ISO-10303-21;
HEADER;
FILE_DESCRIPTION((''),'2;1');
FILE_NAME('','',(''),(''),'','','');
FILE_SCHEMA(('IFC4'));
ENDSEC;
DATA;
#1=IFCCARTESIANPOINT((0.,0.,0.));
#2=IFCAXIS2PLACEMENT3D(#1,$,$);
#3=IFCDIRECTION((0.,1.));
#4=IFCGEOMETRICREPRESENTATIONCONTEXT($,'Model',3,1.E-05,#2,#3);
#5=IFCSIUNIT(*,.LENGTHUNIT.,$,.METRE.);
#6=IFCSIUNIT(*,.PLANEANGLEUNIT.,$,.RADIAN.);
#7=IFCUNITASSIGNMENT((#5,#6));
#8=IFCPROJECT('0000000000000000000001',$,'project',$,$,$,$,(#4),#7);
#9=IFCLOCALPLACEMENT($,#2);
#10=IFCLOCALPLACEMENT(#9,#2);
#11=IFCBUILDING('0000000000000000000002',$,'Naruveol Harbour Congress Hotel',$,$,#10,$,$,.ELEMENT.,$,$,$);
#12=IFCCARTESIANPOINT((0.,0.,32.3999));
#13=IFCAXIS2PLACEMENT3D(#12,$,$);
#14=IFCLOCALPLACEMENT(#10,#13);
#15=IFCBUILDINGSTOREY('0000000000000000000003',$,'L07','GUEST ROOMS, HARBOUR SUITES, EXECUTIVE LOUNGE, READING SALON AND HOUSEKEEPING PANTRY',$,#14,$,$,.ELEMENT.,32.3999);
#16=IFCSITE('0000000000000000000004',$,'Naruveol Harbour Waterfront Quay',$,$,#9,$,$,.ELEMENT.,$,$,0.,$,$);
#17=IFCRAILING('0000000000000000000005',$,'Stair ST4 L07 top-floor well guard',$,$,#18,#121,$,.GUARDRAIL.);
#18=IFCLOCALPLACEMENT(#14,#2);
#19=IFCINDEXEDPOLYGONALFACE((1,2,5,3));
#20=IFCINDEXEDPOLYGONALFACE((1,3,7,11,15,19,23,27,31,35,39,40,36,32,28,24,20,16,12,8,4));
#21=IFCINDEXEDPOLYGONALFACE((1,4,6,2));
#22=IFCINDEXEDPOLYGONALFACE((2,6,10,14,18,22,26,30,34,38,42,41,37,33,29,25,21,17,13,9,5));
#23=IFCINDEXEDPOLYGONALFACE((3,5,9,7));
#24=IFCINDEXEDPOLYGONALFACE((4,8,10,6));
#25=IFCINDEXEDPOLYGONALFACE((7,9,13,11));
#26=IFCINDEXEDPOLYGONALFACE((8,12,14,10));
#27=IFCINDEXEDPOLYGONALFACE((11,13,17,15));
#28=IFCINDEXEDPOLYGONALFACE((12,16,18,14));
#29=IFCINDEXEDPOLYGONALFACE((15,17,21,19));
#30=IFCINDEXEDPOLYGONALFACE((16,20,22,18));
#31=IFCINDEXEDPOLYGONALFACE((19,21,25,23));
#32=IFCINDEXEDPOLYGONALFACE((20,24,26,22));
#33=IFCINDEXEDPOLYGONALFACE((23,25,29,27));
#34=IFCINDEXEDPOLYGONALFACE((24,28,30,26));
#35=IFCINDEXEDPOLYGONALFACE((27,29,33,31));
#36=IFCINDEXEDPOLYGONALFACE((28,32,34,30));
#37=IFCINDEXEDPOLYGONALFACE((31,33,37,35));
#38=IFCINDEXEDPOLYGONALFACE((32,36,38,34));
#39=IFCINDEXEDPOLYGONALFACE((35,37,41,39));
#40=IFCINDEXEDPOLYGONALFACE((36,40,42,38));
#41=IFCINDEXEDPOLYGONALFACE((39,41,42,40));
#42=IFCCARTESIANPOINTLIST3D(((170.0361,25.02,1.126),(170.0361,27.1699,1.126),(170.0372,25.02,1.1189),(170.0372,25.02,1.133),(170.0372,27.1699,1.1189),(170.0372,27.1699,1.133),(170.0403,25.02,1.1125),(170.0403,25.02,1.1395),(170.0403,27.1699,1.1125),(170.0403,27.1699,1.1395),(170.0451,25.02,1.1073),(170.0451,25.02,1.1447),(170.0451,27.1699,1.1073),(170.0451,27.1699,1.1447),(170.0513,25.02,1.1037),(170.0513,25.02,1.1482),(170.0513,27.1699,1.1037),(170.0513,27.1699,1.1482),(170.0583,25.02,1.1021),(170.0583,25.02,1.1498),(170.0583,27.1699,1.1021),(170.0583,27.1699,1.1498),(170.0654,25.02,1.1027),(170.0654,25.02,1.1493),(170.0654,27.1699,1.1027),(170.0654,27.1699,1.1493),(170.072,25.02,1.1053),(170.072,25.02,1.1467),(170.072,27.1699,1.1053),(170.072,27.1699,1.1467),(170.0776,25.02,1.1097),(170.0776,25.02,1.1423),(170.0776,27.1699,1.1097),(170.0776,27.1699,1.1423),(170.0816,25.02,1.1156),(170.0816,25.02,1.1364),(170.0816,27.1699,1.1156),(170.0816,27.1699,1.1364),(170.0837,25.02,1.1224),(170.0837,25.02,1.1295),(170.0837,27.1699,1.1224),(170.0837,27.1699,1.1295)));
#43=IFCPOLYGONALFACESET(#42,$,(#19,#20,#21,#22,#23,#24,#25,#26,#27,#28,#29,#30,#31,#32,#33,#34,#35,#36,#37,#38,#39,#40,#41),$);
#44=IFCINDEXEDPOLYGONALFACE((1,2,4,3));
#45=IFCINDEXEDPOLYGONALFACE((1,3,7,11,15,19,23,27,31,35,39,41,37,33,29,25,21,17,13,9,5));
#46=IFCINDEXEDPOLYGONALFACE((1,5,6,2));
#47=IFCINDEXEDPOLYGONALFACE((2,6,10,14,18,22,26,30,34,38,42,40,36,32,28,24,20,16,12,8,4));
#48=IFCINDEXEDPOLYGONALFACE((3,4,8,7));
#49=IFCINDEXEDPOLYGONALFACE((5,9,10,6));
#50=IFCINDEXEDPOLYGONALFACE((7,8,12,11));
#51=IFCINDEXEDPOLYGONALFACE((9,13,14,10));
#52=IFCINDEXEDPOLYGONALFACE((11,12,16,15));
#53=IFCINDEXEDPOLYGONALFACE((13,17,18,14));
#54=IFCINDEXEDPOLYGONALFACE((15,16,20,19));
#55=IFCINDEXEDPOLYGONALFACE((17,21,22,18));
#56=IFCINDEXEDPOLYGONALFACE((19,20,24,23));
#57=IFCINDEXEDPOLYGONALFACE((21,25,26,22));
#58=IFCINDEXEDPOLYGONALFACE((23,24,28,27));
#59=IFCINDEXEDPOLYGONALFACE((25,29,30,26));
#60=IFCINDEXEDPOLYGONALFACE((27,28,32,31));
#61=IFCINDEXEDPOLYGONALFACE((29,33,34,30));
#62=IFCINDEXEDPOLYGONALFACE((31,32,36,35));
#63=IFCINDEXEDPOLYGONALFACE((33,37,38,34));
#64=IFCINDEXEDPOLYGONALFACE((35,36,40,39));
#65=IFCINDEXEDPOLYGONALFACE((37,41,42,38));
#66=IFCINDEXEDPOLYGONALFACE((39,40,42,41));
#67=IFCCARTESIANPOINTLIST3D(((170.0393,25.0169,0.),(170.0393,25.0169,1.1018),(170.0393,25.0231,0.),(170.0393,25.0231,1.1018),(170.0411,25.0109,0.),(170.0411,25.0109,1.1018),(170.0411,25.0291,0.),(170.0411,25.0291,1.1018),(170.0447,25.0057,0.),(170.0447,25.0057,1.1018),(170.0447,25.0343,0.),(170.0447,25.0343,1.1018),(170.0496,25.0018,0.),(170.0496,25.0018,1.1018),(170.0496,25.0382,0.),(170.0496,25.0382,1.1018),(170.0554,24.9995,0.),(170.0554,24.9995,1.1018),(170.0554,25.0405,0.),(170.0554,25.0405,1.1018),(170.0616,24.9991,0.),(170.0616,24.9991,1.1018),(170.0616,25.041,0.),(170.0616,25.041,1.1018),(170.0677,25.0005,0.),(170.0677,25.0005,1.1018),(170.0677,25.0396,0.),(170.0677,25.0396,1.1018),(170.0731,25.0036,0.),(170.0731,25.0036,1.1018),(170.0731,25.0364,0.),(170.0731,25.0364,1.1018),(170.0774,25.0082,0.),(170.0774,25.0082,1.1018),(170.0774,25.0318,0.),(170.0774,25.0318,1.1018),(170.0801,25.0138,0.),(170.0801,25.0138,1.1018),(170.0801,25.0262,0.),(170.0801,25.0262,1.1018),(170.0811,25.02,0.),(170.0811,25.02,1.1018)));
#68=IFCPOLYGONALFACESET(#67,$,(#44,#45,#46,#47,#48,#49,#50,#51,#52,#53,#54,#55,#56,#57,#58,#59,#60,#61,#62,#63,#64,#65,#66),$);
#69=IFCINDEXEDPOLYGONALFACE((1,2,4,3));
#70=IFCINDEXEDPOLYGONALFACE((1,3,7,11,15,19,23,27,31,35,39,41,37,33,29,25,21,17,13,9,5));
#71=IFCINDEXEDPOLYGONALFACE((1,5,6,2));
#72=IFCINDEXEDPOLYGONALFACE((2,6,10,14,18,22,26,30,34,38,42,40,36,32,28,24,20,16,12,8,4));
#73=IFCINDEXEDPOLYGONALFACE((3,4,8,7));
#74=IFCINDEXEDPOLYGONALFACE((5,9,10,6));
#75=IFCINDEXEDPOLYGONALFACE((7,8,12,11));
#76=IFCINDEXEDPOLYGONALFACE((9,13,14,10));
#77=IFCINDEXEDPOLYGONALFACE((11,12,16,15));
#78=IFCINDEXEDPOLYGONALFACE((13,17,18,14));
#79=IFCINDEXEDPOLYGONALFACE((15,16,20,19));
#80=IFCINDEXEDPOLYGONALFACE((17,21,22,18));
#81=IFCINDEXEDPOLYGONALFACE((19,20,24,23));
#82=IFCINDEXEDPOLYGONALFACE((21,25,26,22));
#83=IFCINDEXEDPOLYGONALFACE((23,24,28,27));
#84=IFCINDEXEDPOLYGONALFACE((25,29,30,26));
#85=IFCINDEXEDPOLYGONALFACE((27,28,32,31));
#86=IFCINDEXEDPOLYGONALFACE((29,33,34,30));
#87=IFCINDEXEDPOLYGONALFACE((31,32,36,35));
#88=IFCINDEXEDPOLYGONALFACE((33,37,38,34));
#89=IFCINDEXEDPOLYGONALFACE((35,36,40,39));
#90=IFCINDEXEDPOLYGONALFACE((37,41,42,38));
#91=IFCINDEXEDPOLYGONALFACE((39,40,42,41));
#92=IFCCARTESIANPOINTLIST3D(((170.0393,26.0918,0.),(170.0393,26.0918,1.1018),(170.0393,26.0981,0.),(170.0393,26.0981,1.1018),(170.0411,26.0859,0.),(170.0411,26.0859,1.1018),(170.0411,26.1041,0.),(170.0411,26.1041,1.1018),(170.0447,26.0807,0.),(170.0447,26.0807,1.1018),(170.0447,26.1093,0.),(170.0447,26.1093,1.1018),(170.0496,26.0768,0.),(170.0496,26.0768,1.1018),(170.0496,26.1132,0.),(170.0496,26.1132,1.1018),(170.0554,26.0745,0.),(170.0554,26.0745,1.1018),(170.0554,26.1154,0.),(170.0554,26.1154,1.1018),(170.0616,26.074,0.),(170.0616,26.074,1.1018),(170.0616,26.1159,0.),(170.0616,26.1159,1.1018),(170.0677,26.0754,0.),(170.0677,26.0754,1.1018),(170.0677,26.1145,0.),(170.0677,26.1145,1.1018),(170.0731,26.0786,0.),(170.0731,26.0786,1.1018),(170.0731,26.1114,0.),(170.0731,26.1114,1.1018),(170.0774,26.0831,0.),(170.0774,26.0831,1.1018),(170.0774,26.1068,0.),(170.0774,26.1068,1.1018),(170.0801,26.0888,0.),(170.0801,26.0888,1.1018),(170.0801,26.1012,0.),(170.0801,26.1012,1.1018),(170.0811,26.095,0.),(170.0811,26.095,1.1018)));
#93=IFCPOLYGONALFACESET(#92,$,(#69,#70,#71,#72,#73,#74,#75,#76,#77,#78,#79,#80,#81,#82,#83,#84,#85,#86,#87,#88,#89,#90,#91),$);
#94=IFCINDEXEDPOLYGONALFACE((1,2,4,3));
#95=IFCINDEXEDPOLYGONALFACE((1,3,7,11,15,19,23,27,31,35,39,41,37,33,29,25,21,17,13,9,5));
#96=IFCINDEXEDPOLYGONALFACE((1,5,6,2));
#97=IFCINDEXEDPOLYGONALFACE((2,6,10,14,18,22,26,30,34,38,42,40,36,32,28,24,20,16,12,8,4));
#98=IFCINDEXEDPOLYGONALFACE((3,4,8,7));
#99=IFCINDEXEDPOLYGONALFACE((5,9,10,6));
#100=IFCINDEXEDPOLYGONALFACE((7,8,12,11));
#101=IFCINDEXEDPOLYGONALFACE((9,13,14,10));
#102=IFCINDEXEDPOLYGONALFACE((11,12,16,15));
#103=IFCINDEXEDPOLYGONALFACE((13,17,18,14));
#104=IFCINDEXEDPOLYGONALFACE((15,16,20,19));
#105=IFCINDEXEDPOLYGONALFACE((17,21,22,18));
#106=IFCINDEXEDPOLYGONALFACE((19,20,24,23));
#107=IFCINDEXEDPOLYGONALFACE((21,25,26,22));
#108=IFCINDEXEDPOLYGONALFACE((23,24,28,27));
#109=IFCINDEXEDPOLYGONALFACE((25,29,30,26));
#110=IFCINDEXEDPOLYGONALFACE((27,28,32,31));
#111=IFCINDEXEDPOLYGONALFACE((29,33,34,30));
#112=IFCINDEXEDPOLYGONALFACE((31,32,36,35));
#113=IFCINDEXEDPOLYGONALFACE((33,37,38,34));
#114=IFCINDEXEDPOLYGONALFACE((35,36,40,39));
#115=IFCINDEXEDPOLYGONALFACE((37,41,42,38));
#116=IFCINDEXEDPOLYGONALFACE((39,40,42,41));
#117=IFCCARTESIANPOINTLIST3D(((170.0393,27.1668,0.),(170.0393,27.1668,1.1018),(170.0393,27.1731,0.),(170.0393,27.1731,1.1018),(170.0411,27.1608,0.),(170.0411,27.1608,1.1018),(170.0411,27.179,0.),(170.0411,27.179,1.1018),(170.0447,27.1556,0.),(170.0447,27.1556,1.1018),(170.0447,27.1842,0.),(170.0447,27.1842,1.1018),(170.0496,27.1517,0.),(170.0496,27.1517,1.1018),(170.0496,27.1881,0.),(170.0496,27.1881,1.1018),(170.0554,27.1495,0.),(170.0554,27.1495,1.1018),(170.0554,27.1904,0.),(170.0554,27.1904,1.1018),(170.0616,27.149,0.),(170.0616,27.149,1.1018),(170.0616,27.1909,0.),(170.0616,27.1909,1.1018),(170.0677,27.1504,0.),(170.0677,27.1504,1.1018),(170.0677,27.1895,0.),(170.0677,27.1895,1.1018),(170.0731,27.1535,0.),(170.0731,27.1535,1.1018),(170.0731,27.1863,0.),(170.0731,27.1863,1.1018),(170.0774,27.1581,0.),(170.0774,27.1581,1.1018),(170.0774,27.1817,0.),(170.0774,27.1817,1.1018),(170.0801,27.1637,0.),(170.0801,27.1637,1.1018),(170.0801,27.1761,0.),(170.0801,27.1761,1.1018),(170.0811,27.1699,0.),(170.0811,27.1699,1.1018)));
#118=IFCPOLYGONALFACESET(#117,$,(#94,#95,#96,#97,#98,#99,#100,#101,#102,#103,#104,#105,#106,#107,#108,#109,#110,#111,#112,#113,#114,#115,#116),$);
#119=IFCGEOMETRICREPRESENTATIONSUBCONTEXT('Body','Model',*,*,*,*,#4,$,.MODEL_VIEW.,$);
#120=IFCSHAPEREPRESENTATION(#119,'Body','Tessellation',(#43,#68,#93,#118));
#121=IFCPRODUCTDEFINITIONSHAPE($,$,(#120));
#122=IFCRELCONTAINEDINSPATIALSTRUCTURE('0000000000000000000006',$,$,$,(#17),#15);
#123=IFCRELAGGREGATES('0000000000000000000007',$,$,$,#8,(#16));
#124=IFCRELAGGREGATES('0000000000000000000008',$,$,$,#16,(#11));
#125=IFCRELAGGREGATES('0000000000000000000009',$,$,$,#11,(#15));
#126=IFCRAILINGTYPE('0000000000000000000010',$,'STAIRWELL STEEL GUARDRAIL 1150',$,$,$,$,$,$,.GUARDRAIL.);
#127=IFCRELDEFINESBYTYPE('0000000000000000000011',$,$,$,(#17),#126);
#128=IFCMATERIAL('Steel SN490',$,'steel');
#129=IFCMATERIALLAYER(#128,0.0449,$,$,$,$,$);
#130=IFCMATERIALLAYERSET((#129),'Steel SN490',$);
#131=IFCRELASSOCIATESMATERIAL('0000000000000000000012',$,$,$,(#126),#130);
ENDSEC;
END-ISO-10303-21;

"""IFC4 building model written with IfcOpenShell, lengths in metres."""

from ifc_helpers import new_model, si_unit, direction, frame, origin, origin_2d, place, context, subcontext, project, spatial, circle, extrude, material, layer, layer_set, type_object, element, save


model = new_model("IFC4")

# Units and contexts
model_context = context("Model", 3, precision=1e-05, world=origin(), true_north=direction((0.0, 1.0)))
body_context = subcontext(model_context, "Body", "Model", "MODEL_VIEW")
ifc_project = project(units=[si_unit("LENGTHUNIT", "METRE"), si_unit("PLANEANGLEUNIT", "RADIAN")], contexts=[model_context])

# Site, building, storey
site_placement = place(None, origin())
site = spatial("IfcSite", under=ifc_project, at=site_placement, Name="Naruveol Harbour Waterfront Quay", CompositionType="ELEMENT", RefElevation=0.0)
building_placement = place(site_placement, origin())
building = spatial("IfcBuilding", under=site, at=building_placement, Name="Naruveol Harbour Congress Hotel", CompositionType="ELEMENT")
storey_placement = place(building_placement, frame((0.0, 0.0, 32.3999)))
storey = spatial("IfcBuildingStorey", under=building, at=storey_placement, Name="L07", Description="GUEST ROOMS, HARBOUR SUITES, EXECUTIVE LOUNGE, READING SALON AND HOUSEKEEPING PANTRY", CompositionType="ELEMENT", Elevation=32.3999)

# Railing
ifc_material_1 = material(Name="Steel SN490", Category="steel")
ifc_layer_1 = layer(ifc_material_1, 0.0449)
ifc_layer_set_1 = layer_set([ifc_layer_1], Name="Steel SN490")
railing_type = type_object("IfcRailingType", Name="STAIRWELL STEEL GUARDRAIL 1150", PredefinedType="GUARDRAIL", material=ifc_layer_set_1)
railing_placement = place(storey_placement, frame((170.0601, 25.02, 0.0)))
element("IfcRailing", 1, at=railing_placement, inside=storey, type_object=railing_type, Name="Stair ST4 L07 top-floor well guard", PredefinedType="GUARDRAIL", context=body_context, shape_type="SweptSolid", body=[
    extrude(circle(Radius=0.0239, at=origin_2d()), frame((0.0, 0.0, 1.126), z_axis=(0.0, 1.0, 0.0), x_axis=(-1.0, 0.0, 0.0)), (0.0, 0.0, 1.0), 2.1499),
    extrude(circle(Radius=0.021, at=origin_2d()), origin(), (0.0, 0.0, 1.0), 1.1018),
    extrude(circle(Radius=0.021, at=origin_2d()), frame((0.0, 1.075, 0.0)), (0.0, 0.0, 1.0), 1.1018),
    extrude(circle(Radius=0.021, at=origin_2d()), frame((0.0, 2.1499, 0.0)), (0.0, 0.0, 1.0), 1.1018),
])

save(model, "model.ifc")
